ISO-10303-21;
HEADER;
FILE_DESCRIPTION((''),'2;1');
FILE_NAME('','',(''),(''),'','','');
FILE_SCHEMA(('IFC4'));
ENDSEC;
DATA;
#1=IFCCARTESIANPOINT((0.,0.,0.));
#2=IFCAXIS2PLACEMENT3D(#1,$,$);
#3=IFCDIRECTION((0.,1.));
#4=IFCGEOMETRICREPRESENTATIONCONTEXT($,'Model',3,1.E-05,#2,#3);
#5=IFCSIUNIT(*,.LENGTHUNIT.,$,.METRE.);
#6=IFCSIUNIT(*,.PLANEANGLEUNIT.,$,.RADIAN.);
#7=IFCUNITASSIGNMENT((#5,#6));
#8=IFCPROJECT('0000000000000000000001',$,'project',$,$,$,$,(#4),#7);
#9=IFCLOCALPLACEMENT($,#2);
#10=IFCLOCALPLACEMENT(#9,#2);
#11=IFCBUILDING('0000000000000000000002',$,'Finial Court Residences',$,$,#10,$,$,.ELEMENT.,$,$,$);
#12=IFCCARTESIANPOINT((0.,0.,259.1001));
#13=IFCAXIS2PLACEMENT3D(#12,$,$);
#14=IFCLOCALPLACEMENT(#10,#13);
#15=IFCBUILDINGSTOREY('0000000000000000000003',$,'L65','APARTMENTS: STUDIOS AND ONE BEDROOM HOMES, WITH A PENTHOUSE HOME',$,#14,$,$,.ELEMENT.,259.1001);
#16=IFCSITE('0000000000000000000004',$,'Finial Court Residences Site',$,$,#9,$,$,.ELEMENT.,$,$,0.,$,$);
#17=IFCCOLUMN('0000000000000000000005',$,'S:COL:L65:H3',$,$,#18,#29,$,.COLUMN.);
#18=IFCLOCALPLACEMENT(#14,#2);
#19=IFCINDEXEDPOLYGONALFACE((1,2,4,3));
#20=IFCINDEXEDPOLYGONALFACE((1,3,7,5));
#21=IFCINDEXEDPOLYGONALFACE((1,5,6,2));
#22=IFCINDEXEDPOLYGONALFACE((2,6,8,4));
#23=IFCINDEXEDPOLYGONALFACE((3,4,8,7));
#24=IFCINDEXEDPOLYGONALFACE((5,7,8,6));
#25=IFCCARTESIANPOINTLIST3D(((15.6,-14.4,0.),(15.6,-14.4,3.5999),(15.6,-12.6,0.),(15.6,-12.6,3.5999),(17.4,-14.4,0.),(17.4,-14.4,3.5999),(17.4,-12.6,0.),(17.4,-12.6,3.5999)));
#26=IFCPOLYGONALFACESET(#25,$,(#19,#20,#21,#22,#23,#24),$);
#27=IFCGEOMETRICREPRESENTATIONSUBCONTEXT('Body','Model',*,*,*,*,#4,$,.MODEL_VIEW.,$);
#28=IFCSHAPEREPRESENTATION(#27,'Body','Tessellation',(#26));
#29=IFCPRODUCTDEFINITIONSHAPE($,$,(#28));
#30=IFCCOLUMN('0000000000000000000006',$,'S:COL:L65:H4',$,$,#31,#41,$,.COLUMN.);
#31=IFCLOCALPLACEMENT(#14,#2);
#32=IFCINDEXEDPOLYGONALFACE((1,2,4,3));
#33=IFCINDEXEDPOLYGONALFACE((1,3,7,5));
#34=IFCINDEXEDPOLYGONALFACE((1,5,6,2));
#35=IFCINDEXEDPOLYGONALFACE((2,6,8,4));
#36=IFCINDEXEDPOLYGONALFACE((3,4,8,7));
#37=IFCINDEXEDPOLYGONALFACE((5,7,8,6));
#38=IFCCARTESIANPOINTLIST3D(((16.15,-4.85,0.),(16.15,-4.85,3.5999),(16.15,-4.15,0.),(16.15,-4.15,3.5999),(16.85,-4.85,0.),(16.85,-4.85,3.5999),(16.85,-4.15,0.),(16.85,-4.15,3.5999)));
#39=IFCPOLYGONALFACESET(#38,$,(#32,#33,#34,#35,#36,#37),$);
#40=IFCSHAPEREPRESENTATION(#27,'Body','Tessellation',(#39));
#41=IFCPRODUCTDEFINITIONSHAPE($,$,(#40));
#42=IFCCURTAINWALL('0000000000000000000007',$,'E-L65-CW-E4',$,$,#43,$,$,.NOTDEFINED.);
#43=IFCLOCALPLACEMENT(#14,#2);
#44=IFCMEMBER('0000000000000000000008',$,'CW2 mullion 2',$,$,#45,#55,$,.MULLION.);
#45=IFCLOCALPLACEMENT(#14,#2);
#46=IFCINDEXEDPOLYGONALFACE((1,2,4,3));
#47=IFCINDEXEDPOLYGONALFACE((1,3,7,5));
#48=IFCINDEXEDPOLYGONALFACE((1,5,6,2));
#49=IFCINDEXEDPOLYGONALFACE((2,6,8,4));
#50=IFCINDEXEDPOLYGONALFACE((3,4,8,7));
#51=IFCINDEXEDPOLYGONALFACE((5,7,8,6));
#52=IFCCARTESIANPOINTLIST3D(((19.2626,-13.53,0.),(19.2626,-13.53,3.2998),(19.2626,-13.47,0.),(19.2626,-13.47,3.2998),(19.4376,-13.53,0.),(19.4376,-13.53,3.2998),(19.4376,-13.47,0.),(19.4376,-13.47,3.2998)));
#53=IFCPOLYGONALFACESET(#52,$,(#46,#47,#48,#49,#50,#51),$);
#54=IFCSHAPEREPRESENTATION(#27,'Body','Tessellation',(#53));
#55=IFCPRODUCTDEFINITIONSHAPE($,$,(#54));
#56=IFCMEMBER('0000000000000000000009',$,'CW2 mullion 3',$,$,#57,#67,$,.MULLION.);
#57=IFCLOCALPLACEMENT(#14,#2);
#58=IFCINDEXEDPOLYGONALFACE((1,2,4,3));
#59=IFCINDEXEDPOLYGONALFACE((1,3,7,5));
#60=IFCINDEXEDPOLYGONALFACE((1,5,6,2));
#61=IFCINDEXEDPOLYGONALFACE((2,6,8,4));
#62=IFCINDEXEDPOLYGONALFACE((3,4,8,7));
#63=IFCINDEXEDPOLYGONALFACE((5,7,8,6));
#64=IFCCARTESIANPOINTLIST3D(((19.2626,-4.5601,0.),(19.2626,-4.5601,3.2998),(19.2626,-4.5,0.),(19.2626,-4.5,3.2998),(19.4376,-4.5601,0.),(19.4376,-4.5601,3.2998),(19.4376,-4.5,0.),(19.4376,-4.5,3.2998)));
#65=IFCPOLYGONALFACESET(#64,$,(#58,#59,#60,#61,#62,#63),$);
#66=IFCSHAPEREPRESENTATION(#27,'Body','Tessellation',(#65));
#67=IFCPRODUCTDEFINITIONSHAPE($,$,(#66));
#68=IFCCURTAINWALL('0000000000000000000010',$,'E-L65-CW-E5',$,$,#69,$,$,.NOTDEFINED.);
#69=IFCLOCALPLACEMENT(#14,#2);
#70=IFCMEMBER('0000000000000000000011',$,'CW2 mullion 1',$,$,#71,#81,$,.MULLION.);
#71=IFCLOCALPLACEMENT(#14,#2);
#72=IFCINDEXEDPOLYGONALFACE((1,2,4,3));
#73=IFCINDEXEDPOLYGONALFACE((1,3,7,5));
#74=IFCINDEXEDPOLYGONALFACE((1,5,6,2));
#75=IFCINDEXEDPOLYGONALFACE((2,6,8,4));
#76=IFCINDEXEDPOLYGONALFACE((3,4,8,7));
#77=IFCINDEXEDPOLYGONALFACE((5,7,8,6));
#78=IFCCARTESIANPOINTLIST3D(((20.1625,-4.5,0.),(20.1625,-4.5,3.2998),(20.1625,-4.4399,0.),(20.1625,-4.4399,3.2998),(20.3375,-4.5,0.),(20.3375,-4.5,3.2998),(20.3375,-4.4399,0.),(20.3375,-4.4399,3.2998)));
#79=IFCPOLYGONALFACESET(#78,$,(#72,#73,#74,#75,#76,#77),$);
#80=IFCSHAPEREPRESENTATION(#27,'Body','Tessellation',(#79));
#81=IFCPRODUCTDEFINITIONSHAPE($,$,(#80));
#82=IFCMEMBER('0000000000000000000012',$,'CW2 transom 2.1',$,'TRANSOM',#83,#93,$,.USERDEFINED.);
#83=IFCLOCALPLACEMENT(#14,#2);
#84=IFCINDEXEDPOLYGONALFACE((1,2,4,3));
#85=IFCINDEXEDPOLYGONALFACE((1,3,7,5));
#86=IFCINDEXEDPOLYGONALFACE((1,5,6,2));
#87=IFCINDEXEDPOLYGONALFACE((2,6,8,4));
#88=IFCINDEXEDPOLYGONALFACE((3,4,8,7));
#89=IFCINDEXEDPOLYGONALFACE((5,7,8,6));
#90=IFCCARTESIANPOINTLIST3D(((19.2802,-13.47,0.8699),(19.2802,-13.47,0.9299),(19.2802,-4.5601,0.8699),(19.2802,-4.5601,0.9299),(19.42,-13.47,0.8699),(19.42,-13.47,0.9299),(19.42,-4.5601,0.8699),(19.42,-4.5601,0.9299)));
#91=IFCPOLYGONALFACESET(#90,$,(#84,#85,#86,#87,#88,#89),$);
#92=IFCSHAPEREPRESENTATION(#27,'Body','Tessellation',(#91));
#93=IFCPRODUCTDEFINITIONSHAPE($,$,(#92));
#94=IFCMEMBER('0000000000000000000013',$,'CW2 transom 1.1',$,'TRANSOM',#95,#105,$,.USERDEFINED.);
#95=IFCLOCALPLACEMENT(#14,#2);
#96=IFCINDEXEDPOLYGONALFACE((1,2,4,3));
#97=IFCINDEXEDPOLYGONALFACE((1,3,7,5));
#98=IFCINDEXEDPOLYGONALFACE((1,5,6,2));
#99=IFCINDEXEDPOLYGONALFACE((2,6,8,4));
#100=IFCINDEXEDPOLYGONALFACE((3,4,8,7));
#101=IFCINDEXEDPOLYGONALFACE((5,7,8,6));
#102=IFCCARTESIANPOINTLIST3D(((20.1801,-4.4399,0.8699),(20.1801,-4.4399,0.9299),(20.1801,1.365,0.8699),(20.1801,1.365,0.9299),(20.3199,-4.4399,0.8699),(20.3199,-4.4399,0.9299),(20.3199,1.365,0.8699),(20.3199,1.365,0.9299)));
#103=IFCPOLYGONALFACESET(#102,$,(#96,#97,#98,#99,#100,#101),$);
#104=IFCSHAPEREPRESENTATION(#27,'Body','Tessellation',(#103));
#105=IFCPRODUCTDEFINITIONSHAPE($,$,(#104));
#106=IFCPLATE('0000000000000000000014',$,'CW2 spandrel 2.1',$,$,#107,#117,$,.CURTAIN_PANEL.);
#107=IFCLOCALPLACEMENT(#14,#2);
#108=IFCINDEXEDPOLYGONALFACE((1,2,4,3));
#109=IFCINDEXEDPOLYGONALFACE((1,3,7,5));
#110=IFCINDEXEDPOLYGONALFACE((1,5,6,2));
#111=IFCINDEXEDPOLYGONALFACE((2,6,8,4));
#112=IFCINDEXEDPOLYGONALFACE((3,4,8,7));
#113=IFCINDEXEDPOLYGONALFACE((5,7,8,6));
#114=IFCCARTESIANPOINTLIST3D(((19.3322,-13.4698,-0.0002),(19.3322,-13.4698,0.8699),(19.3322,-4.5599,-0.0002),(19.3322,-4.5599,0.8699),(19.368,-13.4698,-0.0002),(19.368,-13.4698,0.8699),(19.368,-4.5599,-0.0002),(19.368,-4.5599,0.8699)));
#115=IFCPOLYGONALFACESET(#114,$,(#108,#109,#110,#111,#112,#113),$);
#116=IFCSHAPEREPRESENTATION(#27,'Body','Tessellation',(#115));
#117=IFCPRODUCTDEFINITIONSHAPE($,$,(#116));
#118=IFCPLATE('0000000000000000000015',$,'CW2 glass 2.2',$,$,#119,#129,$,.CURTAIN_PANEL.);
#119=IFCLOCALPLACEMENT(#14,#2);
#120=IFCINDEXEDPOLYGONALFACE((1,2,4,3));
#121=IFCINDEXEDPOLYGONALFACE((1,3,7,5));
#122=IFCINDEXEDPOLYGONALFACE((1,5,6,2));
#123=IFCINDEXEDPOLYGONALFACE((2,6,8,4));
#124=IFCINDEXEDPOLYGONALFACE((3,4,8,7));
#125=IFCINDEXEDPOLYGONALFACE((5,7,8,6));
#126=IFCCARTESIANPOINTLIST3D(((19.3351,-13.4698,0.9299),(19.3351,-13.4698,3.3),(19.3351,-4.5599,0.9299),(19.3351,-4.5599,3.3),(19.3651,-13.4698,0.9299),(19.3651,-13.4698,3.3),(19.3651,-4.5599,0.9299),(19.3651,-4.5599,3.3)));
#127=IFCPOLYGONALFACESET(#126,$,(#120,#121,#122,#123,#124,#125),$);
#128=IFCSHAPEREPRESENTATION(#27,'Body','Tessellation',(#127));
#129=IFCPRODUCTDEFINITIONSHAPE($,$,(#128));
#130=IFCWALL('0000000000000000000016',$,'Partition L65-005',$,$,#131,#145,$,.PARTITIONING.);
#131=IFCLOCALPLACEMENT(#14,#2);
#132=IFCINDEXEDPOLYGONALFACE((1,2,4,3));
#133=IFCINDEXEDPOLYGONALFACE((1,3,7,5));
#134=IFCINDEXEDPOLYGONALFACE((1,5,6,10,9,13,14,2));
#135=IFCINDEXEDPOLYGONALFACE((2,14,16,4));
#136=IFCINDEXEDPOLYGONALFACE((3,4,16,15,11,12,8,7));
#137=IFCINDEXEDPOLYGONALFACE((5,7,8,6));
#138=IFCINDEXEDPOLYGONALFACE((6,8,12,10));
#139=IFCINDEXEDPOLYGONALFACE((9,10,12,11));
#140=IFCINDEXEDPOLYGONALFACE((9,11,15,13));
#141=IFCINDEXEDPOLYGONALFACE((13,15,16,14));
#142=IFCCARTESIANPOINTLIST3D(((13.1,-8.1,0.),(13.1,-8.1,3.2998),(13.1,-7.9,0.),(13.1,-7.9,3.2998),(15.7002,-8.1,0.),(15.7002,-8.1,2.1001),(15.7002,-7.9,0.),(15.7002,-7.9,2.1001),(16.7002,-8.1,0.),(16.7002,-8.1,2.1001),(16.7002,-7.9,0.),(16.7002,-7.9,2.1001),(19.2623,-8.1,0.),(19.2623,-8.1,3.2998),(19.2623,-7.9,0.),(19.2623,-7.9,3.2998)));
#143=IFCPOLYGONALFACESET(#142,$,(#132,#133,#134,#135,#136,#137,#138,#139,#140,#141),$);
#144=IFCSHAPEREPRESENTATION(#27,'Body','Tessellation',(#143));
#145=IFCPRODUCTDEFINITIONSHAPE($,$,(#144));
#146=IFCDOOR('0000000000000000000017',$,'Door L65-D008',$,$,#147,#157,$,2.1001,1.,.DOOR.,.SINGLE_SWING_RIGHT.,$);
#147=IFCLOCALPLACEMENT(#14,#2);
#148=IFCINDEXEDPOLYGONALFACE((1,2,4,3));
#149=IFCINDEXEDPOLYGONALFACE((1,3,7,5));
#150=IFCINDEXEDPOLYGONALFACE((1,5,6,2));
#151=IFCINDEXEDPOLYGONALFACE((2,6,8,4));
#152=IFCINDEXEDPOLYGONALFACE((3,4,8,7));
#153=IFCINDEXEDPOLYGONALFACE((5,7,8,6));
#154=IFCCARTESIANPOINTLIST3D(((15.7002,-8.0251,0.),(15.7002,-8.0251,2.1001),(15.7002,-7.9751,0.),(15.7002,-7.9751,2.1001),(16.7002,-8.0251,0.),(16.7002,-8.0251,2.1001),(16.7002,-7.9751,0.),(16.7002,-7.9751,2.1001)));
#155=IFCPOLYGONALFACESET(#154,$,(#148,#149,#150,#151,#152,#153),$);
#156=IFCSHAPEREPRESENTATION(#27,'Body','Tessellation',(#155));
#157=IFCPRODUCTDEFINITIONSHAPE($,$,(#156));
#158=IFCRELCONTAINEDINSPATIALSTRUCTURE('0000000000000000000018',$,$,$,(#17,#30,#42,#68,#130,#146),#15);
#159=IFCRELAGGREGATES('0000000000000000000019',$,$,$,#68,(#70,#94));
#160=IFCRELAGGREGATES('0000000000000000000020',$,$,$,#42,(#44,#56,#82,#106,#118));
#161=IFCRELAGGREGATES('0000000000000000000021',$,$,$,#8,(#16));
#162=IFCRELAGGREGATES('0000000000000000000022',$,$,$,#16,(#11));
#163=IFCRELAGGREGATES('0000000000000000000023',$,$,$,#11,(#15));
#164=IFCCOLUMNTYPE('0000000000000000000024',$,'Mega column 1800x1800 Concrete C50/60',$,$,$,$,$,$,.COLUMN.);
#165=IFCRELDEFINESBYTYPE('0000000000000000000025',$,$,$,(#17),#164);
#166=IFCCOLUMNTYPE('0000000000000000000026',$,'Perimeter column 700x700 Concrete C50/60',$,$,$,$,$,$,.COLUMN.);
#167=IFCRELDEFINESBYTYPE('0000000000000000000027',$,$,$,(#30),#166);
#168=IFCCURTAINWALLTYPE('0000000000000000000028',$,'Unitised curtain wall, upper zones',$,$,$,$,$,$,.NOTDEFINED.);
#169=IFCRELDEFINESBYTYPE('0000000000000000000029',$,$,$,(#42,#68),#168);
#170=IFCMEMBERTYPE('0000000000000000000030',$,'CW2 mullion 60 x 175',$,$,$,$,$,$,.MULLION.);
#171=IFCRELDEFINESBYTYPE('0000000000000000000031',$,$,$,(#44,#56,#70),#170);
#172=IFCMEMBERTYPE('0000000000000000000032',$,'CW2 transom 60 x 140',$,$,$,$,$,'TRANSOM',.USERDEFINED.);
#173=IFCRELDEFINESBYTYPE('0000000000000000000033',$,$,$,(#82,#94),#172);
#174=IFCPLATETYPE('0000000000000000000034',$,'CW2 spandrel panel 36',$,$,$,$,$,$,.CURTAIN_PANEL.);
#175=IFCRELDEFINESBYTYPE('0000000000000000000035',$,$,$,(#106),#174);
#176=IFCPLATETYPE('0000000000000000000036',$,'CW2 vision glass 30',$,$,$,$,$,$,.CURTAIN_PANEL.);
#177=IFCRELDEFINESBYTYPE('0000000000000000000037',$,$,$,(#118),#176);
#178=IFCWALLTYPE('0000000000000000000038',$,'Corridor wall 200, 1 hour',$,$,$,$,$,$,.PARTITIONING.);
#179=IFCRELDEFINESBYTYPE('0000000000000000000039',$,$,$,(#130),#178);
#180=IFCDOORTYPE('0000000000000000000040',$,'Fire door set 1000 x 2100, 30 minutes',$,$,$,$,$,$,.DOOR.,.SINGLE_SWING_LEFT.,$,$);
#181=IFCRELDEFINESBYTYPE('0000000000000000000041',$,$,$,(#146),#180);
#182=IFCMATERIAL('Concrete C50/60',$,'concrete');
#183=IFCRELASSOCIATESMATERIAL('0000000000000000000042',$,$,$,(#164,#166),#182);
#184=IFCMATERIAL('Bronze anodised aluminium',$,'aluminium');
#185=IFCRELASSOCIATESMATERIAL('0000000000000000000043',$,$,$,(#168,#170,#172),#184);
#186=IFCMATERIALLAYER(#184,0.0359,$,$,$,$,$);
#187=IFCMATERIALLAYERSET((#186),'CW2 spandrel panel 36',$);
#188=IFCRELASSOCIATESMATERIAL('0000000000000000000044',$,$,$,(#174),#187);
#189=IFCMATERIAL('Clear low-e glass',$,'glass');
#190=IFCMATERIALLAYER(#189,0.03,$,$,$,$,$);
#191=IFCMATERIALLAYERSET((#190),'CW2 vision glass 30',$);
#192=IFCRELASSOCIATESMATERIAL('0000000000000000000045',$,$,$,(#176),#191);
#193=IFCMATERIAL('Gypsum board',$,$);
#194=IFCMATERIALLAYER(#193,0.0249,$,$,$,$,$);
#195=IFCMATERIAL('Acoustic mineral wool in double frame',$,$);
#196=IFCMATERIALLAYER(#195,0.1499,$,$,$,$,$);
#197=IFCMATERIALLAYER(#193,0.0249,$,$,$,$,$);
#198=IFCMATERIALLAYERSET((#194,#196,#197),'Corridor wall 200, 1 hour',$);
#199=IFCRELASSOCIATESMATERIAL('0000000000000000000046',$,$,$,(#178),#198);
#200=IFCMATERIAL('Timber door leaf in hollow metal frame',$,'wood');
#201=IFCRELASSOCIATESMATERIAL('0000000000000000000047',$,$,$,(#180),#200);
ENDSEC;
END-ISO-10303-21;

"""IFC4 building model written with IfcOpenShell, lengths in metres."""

from ifc_helpers import new_model, si_unit, direction, frame, frame_2d, origin, origin_2d, place, context, subcontext, project, spatial, rectangle, extrude, material, layer, layer_set, material_profile, profile_set, type_object, element, fill, aggregate, save


model = new_model("IFC4")

# Units and contexts
model_context = context("Model", 3, precision=1e-05, world=origin(), true_north=direction((0.0, 1.0)))
body_context = subcontext(model_context, "Body", "Model", "MODEL_VIEW")
ifc_project = project(units=[si_unit("LENGTHUNIT", "METRE"), si_unit("PLANEANGLEUNIT", "RADIAN")], contexts=[model_context])

# Site, building, storey
site_placement = place(None, origin())
site = spatial("IfcSite", under=ifc_project, at=site_placement, Name="Finial Court Residences Site", CompositionType="ELEMENT", RefElevation=0.0)
building_placement = place(site_placement, origin())
building = spatial("IfcBuilding", under=site, at=building_placement, Name="Finial Court Residences", CompositionType="ELEMENT")
storey_placement = place(building_placement, frame((0.0, 0.0, 259.1001)))
storey = spatial("IfcBuildingStorey", under=building, at=storey_placement, Name="L65", Description="APARTMENTS: STUDIOS AND ONE BEDROOM HOMES, WITH A PENTHOUSE HOME", CompositionType="ELEMENT", Elevation=259.1001)

# Columns
ifc_material_1 = material(Name="Concrete C50/60", Category="concrete")
ifc_material_profile_1 = material_profile(ifc_material_1, rectangle(XDim=1.8, YDim=1.8, at=origin_2d()), Name="1800x1800")
ifc_profile_set_1 = profile_set([ifc_material_profile_1], Name="Concrete C50/60")
column_type_1 = type_object("IfcColumnType", Name="Mega column 1800x1800 Concrete C50/60", PredefinedType="COLUMN", material=ifc_profile_set_1)
column_1_placement = place(storey_placement, frame((16.5, -13.5, 0.0), z_axis=(0.0, 0.0, 1.0), x_axis=(1.0, 0.0, 0.0)))
element("IfcColumn", 1, at=column_1_placement, inside=storey, type_object=column_type_1, Name="S:COL:L65:H3", PredefinedType="COLUMN", context=body_context, shape_type="SweptSolid", body=[
    extrude(rectangle(XDim=1.8, YDim=1.8, at=origin_2d()), origin(), (0.0, 0.0, 1.0), 3.5999),
])
ifc_material_profile_2 = material_profile(ifc_material_1, rectangle(XDim=0.7, YDim=0.7, at=origin_2d()), Name="700x700")
ifc_profile_set_2 = profile_set([ifc_material_profile_2], Name="Concrete C50/60")
column_type_2 = type_object("IfcColumnType", Name="Perimeter column 700x700 Concrete C50/60", PredefinedType="COLUMN", material=ifc_profile_set_2)
column_2_placement = place(storey_placement, frame((16.5, -4.5, 0.0), z_axis=(0.0, 0.0, 1.0), x_axis=(1.0, 0.0, 0.0)))
element("IfcColumn", 2, at=column_2_placement, inside=storey, type_object=column_type_2, Name="S:COL:L65:H4", PredefinedType="COLUMN", context=body_context, shape_type="SweptSolid", body=[
    extrude(rectangle(XDim=0.7, YDim=0.7, at=origin_2d()), origin(), (0.0, 0.0, 1.0), 3.5999),
])

# Curtain wall, members
ifc_material_2 = material(Name="Bronze anodised aluminium", Category="aluminium")
curtain_wall_type = type_object("IfcCurtainWallType", Name="Unitised curtain wall, upper zones", PredefinedType="NOTDEFINED", material=ifc_material_2)
curtain_wall_1_placement = place(storey_placement, origin())
curtain_wall_1 = element("IfcCurtainWall", 3, at=curtain_wall_1_placement, inside=storey, type_object=curtain_wall_type, Name="E-L65-CW-E4", PredefinedType="NOTDEFINED")
ifc_material_profile_3 = material_profile(ifc_material_2, rectangle(XDim=0.175, YDim=0.0601, at=origin_2d()), Name="CW2 mullion 60 x 175")
ifc_profile_set_3 = profile_set([ifc_material_profile_3], Name="Bronze anodised aluminium")
member_type_1 = type_object("IfcMemberType", Name="CW2 mullion 60 x 175", PredefinedType="MULLION", material=ifc_profile_set_3)
member_1_placement = place(storey_placement, frame((19.3501, -13.5, 0.0), z_axis=(0.0, 0.0, 1.0), x_axis=(-1.0, 0.0, 0.0)))
member_1 = element("IfcMember", 4, at=member_1_placement, type_object=member_type_1, Name="CW2 mullion 2", PredefinedType="MULLION", context=body_context, shape_type="SweptSolid", body=[
    extrude(rectangle(XDim=0.175, YDim=0.0601, at=origin_2d()), origin(), (0.0, 0.0, 1.0), 3.2998),
])
member_2_placement = place(storey_placement, frame((19.3501, -4.53, 0.0), z_axis=(0.0, 0.0, 1.0), x_axis=(-1.0, 0.0, 0.0)))
member_2 = element("IfcMember", 5, at=member_2_placement, type_object=member_type_1, Name="CW2 mullion 3", PredefinedType="MULLION", context=body_context, shape_type="SweptSolid", body=[
    extrude(rectangle(XDim=0.175, YDim=0.0601, at=origin_2d()), origin(), (0.0, 0.0, 1.0), 3.2998),
])

# Curtain wall, member
curtain_wall_2_placement = place(storey_placement, origin())
curtain_wall_2 = element("IfcCurtainWall", 6, at=curtain_wall_2_placement, inside=storey, type_object=curtain_wall_type, Name="E-L65-CW-E5", PredefinedType="NOTDEFINED")
member_3_placement = place(storey_placement, frame((20.25, -4.47, 0.0), z_axis=(0.0, 0.0, 1.0), x_axis=(-1.0, 0.0, 0.0)))
member_3 = element("IfcMember", 7, at=member_3_placement, type_object=member_type_1, Name="CW2 mullion 1", PredefinedType="MULLION", context=body_context, shape_type="SweptSolid", body=[
    extrude(rectangle(XDim=0.175, YDim=0.0601, at=origin_2d()), origin(), (0.0, 0.0, 1.0), 3.2998),
])

# Members
ifc_material_profile_4 = material_profile(ifc_material_2, rectangle(XDim=0.1399, YDim=0.0601, at=origin_2d()), Name="CW2 transom 60 x 140")
ifc_profile_set_4 = profile_set([ifc_material_profile_4], Name="Bronze anodised aluminium")
member_type_2 = type_object("IfcMemberType", Name="CW2 transom 60 x 140", ElementType="TRANSOM", PredefinedType="USERDEFINED", material=ifc_profile_set_4)
member_4_placement = place(storey_placement, frame((19.3501, -13.47, 0.8999), z_axis=(0.0, 1.0, 0.0), x_axis=(-1.0, 0.0, 0.0)))
member_4 = element("IfcMember", 8, at=member_4_placement, type_object=member_type_2, Name="CW2 transom 2.1", ObjectType="TRANSOM", PredefinedType="USERDEFINED", context=body_context, shape_type="SweptSolid", body=[
    extrude(rectangle(XDim=0.1399, YDim=0.0601, at=origin_2d()), origin(), (0.0, 0.0, 1.0), 8.9099),
])
member_5_placement = place(storey_placement, frame((20.25, -4.4399, 0.8999), z_axis=(0.0, 1.0, 0.0), x_axis=(-1.0, 0.0, 0.0)))
member_5 = element("IfcMember", 9, at=member_5_placement, type_object=member_type_2, Name="CW2 transom 1.1", ObjectType="TRANSOM", PredefinedType="USERDEFINED", context=body_context, shape_type="SweptSolid", body=[
    extrude(rectangle(XDim=0.1399, YDim=0.0601, at=origin_2d()), origin(), (0.0, 0.0, 1.0), 5.8049),
])
aggregate(curtain_wall_2, [member_3, member_5])

# Plates
ifc_layer_1 = layer(ifc_material_2, 0.0359)
ifc_layer_set_1 = layer_set([ifc_layer_1], Name="CW2 spandrel panel 36")
plate_type_1 = type_object("IfcPlateType", Name="CW2 spandrel panel 36", PredefinedType="CURTAIN_PANEL", material=ifc_layer_set_1)
plate_1_placement = place(storey_placement, frame((19.3501, -9.0149, -0.0002), z_axis=(0.0, 0.0, 1.0), x_axis=(0.0, 1.0, 0.0)))
plate_1 = element("IfcPlate", 10, at=plate_1_placement, type_object=plate_type_1, Name="CW2 spandrel 2.1", PredefinedType="CURTAIN_PANEL", context=body_context, shape_type="SweptSolid", body=[
    extrude(rectangle(XDim=8.9099, YDim=0.0359, at=origin_2d()), origin(), (0.0, 0.0, 1.0), 0.8701),
])
ifc_material_3 = material(Name="Clear low-e glass", Category="glass")
ifc_layer_2 = layer(ifc_material_3, 0.03)
ifc_layer_set_2 = layer_set([ifc_layer_2], Name="CW2 vision glass 30")
plate_type_2 = type_object("IfcPlateType", Name="CW2 vision glass 30", PredefinedType="CURTAIN_PANEL", material=ifc_layer_set_2)
plate_2_placement = place(storey_placement, frame((19.3501, -9.0149, 0.9299), z_axis=(0.0, 0.0, 1.0), x_axis=(0.0, 1.0, 0.0)))
plate_2 = element("IfcPlate", 11, at=plate_2_placement, type_object=plate_type_2, Name="CW2 glass 2.2", PredefinedType="CURTAIN_PANEL", context=body_context, shape_type="SweptSolid", body=[
    extrude(rectangle(XDim=8.9099, YDim=0.03, at=origin_2d()), origin(), (0.0, 0.0, 1.0), 2.3701),
])
aggregate(curtain_wall_1, [member_1, member_2, member_4, plate_1, plate_2])

# Wall, opening, door
ifc_material_4 = material(Name="Gypsum board")
ifc_layer_3 = layer(ifc_material_4, 0.0249)
ifc_material_5 = material(Name="Acoustic mineral wool in double frame")
ifc_layer_4 = layer(ifc_material_5, 0.1499)
ifc_layer_5 = layer(ifc_material_4, 0.0249)
ifc_layer_set_3 = layer_set([ifc_layer_3, ifc_layer_4, ifc_layer_5], Name="Corridor wall 200, 1 hour")
wall_type_1 = type_object("IfcWallType", Name="Corridor wall 200, 1 hour", PredefinedType="PARTITIONING", material=ifc_layer_set_3)
wall_1_placement = place(storey_placement, frame((13.1001, -8.0, 0.0), z_axis=(0.0, 0.0, 1.0), x_axis=(1.0, 0.0, 0.0)))
wall_1 = element("IfcWall", 12, at=wall_1_placement, inside=storey, type_object=wall_type_1, Name="Partition L65-005", PredefinedType="PARTITIONING", context=body_context, shape_type="SweptSolid", body=[
    extrude(rectangle(XDim=6.1624, YDim=0.2, at=frame_2d((3.0811, 0.0))), origin(), (0.0, 0.0, 1.0), 3.2998),
])
opening_1_placement = place(wall_1_placement, frame((2.6001, 0.0, 0.0)))
opening_1 = element("IfcOpeningElement", 13, at=opening_1_placement, cuts=wall_1, PredefinedType="OPENING", context=body_context, shape_type="SweptSolid", body=[
    extrude(rectangle(XDim=1.0, YDim=2.1001, at=frame_2d((0.5, 1.05))), frame((0.0, 0.1099, 0.0), z_axis=(0.0, -1.0, 0.0), x_axis=(1.0, 0.0, 0.0)), (0.0, 0.0, 1.0), 0.22),
])
ifc_material_6 = material(Name="Timber door leaf in hollow metal frame", Category="wood")
door_type_1 = type_object("IfcDoorType", Name="Fire door set 1000 x 2100, 30 minutes", OperationType="SINGLE_SWING_LEFT", PredefinedType="DOOR", material=ifc_material_6)
door_1_placement = place(opening_1_placement, origin())
door_1 = element("IfcDoor", 14, at=door_1_placement, inside=storey, type_object=door_type_1, Name="Door L65-D008", OperationType="SINGLE_SWING_RIGHT", OverallHeight=2.1001, OverallWidth=1.0, PredefinedType="DOOR", context=body_context, shape_type="SweptSolid", body=[
    extrude(rectangle(XDim=1.0, YDim=2.1001, at=frame_2d((0.5, 1.05))), frame((0.0, 0.0249, 0.0), z_axis=(0.0, -1.0, 0.0), x_axis=(1.0, 0.0, 0.0)), (0.0, 0.0, 1.0), 0.05),
])
fill(opening_1, door_1)

save(model, "model.ifc")
